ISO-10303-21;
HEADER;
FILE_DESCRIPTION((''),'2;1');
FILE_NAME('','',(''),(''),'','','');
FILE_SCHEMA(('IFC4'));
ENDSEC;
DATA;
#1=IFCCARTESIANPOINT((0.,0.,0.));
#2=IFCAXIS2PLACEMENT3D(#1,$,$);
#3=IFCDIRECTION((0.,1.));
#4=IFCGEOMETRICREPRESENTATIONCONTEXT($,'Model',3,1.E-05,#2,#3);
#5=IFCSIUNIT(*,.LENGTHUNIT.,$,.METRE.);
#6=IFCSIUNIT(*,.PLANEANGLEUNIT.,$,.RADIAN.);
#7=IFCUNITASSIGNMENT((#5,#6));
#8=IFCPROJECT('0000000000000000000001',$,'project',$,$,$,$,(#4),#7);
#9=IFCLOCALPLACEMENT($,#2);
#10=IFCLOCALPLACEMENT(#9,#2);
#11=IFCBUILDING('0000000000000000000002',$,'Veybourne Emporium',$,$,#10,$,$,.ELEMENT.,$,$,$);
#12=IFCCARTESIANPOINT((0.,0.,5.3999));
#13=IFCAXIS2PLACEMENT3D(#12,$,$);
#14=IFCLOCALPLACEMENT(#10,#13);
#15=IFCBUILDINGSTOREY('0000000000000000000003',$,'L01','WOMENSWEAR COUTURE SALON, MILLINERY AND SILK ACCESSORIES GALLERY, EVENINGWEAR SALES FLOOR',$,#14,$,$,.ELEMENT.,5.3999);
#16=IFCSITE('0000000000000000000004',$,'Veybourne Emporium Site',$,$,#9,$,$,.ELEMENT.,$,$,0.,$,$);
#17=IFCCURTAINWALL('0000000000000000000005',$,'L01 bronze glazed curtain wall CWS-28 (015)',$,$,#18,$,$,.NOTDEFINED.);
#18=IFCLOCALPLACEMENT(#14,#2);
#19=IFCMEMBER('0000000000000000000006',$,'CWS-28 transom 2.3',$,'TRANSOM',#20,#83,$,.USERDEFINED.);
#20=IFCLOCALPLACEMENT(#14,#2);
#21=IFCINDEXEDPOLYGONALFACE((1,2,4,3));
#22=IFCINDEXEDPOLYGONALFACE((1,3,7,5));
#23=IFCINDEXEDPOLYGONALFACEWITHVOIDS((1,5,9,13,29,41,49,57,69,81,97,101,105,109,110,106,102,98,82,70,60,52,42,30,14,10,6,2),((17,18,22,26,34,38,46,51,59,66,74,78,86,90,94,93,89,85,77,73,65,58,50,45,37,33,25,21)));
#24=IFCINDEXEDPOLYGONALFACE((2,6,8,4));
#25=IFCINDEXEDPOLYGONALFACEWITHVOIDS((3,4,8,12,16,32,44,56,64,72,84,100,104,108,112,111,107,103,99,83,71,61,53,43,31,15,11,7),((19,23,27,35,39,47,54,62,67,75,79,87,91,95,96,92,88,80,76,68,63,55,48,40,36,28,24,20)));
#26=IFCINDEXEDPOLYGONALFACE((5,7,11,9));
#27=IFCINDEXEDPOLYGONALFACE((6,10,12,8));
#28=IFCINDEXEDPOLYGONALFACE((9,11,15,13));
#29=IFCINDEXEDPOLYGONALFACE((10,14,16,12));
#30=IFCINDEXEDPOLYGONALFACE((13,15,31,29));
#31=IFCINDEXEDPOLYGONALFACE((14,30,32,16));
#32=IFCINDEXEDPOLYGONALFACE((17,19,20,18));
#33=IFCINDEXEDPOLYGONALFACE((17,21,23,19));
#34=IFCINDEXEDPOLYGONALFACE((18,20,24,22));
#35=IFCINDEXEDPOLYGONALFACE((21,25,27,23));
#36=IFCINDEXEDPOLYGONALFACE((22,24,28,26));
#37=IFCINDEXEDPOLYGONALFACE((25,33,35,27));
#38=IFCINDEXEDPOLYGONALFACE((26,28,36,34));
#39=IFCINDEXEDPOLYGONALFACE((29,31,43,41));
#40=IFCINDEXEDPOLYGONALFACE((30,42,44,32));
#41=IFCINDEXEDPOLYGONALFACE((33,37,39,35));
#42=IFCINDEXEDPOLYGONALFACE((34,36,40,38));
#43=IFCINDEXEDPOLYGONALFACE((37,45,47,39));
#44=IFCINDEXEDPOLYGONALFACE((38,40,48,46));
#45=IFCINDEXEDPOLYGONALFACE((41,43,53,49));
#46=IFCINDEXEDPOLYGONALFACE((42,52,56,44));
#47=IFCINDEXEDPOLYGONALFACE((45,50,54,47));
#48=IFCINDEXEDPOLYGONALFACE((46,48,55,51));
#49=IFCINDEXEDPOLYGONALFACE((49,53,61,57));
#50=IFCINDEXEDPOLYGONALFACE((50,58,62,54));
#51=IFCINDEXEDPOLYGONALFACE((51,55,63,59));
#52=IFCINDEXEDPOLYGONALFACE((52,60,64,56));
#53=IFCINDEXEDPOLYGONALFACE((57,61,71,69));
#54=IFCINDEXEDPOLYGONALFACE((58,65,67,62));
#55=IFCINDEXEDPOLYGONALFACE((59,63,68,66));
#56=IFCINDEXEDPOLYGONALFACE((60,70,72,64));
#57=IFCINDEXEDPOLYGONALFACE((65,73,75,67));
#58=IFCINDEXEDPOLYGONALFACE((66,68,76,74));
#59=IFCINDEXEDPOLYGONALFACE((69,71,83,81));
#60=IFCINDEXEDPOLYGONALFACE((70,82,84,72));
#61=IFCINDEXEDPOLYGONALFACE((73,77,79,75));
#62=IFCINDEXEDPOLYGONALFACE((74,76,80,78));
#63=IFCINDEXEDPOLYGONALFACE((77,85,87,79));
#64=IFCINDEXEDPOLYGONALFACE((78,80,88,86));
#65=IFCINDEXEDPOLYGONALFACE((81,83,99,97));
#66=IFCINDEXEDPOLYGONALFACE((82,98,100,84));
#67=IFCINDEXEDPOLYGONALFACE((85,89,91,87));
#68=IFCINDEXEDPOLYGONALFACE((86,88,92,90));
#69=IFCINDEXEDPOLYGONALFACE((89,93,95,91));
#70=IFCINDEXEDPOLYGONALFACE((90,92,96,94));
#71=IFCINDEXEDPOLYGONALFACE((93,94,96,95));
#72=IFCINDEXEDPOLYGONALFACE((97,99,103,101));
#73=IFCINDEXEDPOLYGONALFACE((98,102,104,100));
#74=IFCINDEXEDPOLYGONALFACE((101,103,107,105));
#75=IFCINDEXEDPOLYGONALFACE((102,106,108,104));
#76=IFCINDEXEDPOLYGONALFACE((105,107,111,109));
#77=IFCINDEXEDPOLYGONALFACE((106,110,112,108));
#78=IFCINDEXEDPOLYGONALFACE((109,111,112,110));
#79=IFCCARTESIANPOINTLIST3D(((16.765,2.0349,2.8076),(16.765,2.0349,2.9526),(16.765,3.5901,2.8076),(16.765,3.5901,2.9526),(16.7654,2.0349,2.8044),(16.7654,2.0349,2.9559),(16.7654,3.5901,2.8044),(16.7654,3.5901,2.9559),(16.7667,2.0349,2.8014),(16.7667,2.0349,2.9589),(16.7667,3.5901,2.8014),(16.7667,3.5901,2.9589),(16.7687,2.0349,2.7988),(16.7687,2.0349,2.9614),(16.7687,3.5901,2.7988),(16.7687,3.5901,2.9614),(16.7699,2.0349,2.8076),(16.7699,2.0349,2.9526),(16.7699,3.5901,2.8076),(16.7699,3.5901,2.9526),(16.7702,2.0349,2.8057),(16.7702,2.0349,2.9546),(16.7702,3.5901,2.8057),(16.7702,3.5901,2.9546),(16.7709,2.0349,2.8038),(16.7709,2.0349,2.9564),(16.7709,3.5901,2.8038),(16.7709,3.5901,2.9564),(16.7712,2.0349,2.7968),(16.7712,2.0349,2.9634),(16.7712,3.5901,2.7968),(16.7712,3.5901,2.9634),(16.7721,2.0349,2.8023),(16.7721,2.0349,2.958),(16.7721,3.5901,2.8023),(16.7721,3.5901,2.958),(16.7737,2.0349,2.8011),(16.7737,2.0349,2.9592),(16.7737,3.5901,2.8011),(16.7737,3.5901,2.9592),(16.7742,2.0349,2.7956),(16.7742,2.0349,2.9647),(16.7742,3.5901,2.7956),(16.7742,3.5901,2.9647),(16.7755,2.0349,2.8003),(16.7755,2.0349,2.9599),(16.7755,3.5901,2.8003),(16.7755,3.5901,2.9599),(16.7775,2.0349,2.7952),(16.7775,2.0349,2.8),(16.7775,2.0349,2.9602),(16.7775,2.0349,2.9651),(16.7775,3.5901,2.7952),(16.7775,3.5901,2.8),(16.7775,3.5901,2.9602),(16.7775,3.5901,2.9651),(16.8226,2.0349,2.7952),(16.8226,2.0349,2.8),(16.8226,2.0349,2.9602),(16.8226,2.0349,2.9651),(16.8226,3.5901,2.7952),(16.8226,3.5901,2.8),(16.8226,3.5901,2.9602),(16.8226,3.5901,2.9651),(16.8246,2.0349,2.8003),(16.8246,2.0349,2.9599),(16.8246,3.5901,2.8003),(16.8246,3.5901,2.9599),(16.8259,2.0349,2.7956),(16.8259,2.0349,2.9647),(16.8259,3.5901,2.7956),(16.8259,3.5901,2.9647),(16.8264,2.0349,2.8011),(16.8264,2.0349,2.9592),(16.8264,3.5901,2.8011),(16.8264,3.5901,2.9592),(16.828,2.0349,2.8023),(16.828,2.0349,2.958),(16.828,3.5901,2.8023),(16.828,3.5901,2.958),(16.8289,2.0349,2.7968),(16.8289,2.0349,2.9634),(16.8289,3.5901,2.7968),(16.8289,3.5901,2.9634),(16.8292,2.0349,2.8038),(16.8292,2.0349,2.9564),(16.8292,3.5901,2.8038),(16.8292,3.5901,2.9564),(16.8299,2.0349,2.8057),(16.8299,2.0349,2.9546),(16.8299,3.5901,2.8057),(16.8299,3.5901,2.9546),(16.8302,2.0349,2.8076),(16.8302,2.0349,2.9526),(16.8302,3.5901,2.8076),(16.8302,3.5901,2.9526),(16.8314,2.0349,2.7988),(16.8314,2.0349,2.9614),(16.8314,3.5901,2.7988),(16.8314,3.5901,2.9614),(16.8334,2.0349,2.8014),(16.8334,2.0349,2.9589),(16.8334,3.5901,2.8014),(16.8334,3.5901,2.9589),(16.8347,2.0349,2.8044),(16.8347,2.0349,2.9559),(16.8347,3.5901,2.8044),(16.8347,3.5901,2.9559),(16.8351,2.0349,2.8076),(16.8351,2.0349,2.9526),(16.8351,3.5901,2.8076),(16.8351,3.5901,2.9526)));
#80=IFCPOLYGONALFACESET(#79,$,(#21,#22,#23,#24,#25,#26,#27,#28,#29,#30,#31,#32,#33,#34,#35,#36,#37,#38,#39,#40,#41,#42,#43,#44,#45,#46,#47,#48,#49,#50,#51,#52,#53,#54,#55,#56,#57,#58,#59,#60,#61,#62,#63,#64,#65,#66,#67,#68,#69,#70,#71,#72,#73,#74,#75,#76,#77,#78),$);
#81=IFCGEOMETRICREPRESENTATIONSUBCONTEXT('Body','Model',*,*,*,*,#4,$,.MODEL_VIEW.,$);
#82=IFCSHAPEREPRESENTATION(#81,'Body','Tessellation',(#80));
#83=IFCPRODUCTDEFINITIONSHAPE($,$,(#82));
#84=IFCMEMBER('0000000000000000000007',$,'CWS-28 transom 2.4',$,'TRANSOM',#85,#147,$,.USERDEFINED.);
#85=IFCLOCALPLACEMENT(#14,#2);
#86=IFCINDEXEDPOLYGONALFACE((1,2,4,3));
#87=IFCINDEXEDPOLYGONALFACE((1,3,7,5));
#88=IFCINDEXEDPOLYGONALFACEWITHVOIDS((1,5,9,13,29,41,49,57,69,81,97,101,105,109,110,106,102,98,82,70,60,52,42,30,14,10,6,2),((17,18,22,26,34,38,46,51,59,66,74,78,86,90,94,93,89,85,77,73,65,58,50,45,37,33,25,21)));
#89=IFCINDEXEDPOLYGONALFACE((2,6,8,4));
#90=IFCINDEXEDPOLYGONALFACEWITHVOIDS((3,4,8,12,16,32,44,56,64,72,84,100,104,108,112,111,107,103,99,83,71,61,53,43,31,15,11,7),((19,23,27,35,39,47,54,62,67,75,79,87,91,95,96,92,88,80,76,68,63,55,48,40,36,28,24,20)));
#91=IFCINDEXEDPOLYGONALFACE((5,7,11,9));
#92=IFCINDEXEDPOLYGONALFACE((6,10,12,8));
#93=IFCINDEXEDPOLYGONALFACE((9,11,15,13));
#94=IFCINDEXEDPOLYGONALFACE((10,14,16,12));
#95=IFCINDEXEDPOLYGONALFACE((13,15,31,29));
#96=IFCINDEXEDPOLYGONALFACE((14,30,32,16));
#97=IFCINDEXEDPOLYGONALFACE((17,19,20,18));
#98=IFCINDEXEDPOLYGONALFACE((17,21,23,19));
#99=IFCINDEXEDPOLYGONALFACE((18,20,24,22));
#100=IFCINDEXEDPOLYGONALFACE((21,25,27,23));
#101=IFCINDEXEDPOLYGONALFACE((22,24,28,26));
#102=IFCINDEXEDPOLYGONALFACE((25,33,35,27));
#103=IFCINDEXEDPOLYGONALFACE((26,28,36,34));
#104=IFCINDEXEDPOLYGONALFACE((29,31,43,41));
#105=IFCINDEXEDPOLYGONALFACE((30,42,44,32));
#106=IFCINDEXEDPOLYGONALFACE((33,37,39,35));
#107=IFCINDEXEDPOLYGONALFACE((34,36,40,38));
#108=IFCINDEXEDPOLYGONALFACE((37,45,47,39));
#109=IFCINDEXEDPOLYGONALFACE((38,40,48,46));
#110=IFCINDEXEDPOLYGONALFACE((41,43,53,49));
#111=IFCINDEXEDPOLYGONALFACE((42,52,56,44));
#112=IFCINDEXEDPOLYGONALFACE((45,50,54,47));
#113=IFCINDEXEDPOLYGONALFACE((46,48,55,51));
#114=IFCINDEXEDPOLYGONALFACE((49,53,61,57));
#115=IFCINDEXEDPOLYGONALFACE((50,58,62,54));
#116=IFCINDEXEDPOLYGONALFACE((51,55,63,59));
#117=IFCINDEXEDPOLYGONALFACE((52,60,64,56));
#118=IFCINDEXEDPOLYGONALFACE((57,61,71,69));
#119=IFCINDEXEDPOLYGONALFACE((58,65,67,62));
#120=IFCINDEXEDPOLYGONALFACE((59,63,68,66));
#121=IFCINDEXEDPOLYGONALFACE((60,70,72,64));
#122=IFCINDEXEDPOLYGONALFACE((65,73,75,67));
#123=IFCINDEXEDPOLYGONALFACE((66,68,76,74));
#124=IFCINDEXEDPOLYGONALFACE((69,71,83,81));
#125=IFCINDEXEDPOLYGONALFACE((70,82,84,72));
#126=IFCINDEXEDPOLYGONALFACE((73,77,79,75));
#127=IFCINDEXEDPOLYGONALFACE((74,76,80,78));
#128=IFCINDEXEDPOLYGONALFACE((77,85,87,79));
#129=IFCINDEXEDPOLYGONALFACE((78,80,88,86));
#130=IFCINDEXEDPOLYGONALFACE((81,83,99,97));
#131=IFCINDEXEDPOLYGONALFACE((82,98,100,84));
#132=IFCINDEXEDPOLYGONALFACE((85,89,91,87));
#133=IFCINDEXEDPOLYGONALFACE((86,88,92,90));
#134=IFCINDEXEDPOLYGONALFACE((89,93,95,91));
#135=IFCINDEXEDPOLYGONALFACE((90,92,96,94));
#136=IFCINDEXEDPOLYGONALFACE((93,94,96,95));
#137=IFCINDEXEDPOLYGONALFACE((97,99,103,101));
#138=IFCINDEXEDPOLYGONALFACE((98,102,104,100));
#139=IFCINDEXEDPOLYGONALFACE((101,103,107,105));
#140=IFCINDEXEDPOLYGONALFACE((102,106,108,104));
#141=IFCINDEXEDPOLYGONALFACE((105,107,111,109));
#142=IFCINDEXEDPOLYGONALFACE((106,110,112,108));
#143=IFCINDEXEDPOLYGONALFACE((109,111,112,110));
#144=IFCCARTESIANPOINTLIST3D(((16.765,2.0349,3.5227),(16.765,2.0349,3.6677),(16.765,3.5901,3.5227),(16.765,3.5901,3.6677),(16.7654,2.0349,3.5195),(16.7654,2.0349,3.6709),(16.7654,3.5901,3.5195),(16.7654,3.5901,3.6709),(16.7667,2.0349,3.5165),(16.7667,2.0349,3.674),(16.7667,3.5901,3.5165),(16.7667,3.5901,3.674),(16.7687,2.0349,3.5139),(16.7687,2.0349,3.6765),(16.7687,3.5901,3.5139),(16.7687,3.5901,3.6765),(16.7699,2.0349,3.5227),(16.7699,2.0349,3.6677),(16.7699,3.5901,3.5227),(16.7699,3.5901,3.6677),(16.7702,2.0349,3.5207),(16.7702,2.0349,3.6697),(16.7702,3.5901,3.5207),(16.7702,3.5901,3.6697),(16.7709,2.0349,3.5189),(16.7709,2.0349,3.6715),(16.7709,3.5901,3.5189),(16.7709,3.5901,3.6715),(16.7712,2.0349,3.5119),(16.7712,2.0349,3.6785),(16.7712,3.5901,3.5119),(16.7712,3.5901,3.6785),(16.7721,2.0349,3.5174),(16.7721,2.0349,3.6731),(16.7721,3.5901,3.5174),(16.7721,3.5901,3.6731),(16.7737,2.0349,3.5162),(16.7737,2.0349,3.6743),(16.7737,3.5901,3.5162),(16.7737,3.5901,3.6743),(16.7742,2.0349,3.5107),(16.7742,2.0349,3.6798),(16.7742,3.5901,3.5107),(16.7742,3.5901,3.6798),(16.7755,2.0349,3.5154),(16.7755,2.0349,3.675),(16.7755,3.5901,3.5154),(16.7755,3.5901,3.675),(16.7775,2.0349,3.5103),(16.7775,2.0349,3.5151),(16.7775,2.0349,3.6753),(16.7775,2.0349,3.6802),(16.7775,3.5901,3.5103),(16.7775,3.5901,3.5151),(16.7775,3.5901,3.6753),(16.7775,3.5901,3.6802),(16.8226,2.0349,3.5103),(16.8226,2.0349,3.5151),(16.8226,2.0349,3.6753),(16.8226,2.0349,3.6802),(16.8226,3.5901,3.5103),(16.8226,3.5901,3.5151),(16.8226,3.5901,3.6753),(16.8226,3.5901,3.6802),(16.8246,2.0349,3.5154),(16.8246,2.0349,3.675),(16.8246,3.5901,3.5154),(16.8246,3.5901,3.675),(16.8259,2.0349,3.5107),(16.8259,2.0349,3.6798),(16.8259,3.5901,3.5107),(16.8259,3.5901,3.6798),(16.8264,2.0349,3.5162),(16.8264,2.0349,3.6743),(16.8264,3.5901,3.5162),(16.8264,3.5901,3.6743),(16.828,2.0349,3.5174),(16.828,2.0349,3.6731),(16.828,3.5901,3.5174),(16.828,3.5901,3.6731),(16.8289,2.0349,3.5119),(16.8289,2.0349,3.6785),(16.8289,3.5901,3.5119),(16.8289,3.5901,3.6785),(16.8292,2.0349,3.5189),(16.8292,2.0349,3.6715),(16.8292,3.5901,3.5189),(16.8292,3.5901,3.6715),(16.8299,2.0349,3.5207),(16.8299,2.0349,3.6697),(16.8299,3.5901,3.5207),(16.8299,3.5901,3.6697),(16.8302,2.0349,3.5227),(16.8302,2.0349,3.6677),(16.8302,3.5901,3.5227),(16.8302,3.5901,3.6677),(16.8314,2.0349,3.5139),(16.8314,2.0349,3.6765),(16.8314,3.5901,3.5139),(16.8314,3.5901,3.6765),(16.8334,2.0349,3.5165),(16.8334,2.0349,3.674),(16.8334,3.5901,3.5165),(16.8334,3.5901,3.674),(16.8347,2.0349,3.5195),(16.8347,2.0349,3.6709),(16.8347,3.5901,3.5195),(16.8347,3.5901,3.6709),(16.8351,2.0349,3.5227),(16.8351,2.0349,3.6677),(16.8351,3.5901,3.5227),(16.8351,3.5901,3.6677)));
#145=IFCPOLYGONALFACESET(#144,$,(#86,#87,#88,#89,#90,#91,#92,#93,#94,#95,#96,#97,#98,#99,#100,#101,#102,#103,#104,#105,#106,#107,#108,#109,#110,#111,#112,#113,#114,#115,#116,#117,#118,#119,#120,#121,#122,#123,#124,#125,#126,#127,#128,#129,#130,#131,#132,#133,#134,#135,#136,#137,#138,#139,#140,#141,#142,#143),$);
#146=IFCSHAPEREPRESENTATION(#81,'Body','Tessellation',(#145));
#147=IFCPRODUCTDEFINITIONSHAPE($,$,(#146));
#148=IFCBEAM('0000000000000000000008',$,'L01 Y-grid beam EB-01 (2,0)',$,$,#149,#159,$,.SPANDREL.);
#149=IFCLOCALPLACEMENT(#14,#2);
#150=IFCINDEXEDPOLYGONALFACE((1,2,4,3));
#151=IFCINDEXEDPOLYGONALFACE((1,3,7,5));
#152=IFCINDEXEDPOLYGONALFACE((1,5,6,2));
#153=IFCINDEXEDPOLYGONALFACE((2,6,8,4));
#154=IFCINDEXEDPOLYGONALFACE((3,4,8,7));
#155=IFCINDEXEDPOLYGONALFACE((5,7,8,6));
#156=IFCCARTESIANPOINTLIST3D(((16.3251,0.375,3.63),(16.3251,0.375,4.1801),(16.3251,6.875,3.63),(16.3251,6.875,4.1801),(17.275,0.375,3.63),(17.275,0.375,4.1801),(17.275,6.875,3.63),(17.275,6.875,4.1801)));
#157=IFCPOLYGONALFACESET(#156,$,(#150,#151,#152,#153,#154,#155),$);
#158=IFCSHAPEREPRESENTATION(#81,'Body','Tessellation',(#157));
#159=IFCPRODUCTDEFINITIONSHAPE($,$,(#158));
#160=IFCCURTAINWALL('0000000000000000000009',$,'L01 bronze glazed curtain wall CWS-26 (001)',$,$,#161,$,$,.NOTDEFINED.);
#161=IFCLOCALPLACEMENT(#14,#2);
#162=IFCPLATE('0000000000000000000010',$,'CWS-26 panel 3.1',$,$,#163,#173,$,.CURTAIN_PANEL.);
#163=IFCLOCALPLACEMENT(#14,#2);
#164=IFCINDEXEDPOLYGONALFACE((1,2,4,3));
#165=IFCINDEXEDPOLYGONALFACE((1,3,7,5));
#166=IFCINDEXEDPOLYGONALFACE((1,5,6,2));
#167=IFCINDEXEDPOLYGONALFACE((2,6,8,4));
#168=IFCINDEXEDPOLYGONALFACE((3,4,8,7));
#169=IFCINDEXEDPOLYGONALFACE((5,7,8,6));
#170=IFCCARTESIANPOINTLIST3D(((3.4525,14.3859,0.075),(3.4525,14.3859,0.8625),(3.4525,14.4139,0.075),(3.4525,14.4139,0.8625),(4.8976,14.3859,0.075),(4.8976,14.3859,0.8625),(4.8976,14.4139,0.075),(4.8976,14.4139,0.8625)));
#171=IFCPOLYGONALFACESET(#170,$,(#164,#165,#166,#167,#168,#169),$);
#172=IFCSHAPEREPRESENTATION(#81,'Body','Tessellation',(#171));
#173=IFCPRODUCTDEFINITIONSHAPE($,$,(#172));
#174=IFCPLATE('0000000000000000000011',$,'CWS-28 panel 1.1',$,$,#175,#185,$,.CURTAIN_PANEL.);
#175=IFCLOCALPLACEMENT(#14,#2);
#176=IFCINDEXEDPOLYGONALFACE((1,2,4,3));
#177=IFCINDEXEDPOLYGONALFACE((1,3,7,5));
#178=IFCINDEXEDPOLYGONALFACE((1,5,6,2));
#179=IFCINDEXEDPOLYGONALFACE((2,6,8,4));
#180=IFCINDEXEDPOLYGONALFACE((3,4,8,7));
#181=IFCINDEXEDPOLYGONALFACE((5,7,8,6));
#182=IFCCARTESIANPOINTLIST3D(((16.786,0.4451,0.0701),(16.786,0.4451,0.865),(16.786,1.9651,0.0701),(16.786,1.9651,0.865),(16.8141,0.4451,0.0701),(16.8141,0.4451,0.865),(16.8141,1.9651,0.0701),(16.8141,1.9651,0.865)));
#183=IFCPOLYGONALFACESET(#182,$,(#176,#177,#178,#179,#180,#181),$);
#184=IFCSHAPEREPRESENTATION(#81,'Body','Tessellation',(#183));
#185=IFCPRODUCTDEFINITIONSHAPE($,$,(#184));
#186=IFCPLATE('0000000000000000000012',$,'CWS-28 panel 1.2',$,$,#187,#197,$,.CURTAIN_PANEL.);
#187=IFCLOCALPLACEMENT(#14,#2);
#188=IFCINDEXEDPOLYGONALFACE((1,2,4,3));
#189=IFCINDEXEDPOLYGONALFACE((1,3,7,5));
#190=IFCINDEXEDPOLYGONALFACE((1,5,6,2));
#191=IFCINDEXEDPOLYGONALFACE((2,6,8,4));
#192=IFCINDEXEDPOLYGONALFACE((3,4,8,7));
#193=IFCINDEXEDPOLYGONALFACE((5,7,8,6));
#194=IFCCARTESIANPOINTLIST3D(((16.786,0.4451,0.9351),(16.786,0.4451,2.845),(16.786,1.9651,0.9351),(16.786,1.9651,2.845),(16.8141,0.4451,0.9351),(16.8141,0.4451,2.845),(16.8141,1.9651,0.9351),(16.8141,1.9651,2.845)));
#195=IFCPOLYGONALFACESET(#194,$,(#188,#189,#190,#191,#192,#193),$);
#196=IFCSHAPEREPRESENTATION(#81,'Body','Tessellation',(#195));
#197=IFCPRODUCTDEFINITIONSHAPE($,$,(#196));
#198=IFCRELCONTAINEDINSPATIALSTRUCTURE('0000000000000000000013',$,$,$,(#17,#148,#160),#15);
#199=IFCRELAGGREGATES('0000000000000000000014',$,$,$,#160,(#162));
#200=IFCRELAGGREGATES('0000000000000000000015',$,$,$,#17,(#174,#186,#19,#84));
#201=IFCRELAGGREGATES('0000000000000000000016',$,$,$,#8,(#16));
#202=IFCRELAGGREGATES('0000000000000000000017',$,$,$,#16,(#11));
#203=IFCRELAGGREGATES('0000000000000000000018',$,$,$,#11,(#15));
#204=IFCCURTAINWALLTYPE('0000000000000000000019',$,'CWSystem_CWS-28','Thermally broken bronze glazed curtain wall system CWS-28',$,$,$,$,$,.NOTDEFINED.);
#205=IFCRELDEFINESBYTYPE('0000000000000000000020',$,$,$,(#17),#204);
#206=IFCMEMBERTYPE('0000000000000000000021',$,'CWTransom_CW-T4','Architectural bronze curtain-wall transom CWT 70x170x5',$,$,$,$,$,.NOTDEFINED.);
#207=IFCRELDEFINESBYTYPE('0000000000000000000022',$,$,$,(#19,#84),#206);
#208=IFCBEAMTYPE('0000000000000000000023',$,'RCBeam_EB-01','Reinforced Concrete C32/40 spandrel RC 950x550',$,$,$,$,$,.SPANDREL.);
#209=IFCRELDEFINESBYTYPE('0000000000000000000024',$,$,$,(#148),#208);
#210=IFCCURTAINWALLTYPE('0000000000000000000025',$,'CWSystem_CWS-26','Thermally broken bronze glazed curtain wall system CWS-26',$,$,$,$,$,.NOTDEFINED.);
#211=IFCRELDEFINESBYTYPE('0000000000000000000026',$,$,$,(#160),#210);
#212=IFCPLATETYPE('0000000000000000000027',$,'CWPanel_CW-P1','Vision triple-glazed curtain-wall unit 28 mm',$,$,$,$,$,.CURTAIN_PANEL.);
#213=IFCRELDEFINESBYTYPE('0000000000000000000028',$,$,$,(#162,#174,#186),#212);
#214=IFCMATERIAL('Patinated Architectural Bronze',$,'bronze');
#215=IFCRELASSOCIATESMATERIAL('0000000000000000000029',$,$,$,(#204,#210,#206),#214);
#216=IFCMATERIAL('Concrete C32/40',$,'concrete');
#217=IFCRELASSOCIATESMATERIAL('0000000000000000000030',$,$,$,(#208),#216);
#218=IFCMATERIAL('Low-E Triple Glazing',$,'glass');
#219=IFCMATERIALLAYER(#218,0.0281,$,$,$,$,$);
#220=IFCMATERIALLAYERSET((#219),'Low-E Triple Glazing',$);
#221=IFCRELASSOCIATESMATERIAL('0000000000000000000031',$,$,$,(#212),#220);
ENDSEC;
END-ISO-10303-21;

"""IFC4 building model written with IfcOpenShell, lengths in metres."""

from ifc_helpers import new_model, si_unit, direction, frame, origin, origin_2d, place, context, subcontext, project, spatial, rectangle, hollow_rectangle, extrude, material, layer, layer_set, material_profile, profile_set, type_object, element, aggregate, save


model = new_model("IFC4")

# Units and contexts
model_context = context("Model", 3, precision=1e-05, world=origin(), true_north=direction((0.0, 1.0)))
body_context = subcontext(model_context, "Body", "Model", "MODEL_VIEW")
ifc_project = project(units=[si_unit("LENGTHUNIT", "METRE"), si_unit("PLANEANGLEUNIT", "RADIAN")], contexts=[model_context])

# Site, building, storey
site_placement = place(None, origin())
site = spatial("IfcSite", under=ifc_project, at=site_placement, Name="Veybourne Emporium Site", CompositionType="ELEMENT", RefElevation=0.0)
building_placement = place(site_placement, origin())
building = spatial("IfcBuilding", under=site, at=building_placement, Name="Veybourne Emporium", CompositionType="ELEMENT")
storey_placement = place(building_placement, frame((0.0, 0.0, 5.3999)))
storey = spatial("IfcBuildingStorey", under=building, at=storey_placement, Name="L01", Description="WOMENSWEAR COUTURE SALON, MILLINERY AND SILK ACCESSORIES GALLERY, EVENINGWEAR SALES FLOOR", CompositionType="ELEMENT", Elevation=5.3999)

# Curtain wall, members
ifc_material_1 = material(Name="Patinated Architectural Bronze", Category="bronze")
curtain_wall_type_1 = type_object("IfcCurtainWallType", Name="CWSystem_CWS-28", Description="Thermally broken bronze glazed curtain wall system CWS-28", PredefinedType="NOTDEFINED", material=ifc_material_1)
curtain_wall_1_placement = place(storey_placement, origin())
curtain_wall_1 = element("IfcCurtainWall", 1, at=curtain_wall_1_placement, inside=storey, type_object=curtain_wall_type_1, Name="L01 bronze glazed curtain wall CWS-28 (015)", PredefinedType="NOTDEFINED")
ifc_material_profile_1 = material_profile(ifc_material_1, hollow_rectangle(XDim=0.0701, YDim=0.1699, WallThickness=0.0049, InnerFilletRadius=0.0076, OuterFilletRadius=0.0125, at=origin_2d()), Name="CWT 70x170x5")
ifc_profile_set_1 = profile_set([ifc_material_profile_1], Name="Patinated Architectural Bronze")
member_type_1 = type_object("IfcMemberType", Name="CWTransom_CW-T4", Description="Architectural bronze curtain-wall transom CWT 70x170x5", PredefinedType="NOTDEFINED", material=ifc_profile_set_1)
member_1_placement = place(storey_placement, frame((16.8, 2.0349, 2.8801), z_axis=(0.0, 1.0, 0.0), x_axis=(-1.0, 0.0, 0.0)))
member_1 = element("IfcMember", 2, at=member_1_placement, type_object=member_type_1, Name="CWS-28 transom 2.3", ObjectType="TRANSOM", PredefinedType="USERDEFINED", context=body_context, shape_type="SweptSolid", body=[
    extrude(hollow_rectangle(XDim=0.0701, YDim=0.1699, WallThickness=0.0049, InnerFilletRadius=0.0076, OuterFilletRadius=0.0125, at=origin_2d()), origin(), (0.0, 0.0, 1.0), 1.5552),
])
member_2_placement = place(storey_placement, frame((16.8, 2.0349, 3.5952), z_axis=(0.0, 1.0, 0.0), x_axis=(-1.0, 0.0, 0.0)))
member_2 = element("IfcMember", 3, at=member_2_placement, type_object=member_type_1, Name="CWS-28 transom 2.4", ObjectType="TRANSOM", PredefinedType="USERDEFINED", context=body_context, shape_type="SweptSolid", body=[
    extrude(hollow_rectangle(XDim=0.0701, YDim=0.1699, WallThickness=0.0049, InnerFilletRadius=0.0076, OuterFilletRadius=0.0125, at=origin_2d()), origin(), (0.0, 0.0, 1.0), 1.5552),
])

# Beam
ifc_material_2 = material(Name="Concrete C32/40", Category="concrete")
ifc_material_profile_2 = material_profile(ifc_material_2, rectangle(XDim=0.95, YDim=0.55, at=origin_2d()), Name="RC 950x550")
ifc_profile_set_2 = profile_set([ifc_material_profile_2], Name="Concrete C32/40")
beam_type = type_object("IfcBeamType", Name="RCBeam_EB-01", Description="Reinforced Concrete C32/40 spandrel RC 950x550", PredefinedType="SPANDREL", material=ifc_profile_set_2)
beam_placement = place(storey_placement, frame((16.8, 0.375, 3.905), z_axis=(0.0, 1.0, 0.0), x_axis=(-1.0, 0.0, 0.0)))
element("IfcBeam", 4, at=beam_placement, inside=storey, type_object=beam_type, Name="L01 Y-grid beam EB-01 (2,0)", PredefinedType="SPANDREL", context=body_context, shape_type="SweptSolid", body=[
    extrude(rectangle(XDim=0.95, YDim=0.55, at=origin_2d()), origin(), (0.0, 0.0, 1.0), 6.5),
])

# Curtain wall, plate
curtain_wall_type_2 = type_object("IfcCurtainWallType", Name="CWSystem_CWS-26", Description="Thermally broken bronze glazed curtain wall system CWS-26", PredefinedType="NOTDEFINED", material=ifc_material_1)
curtain_wall_2_placement = place(storey_placement, origin())
curtain_wall_2 = element("IfcCurtainWall", 5, at=curtain_wall_2_placement, inside=storey, type_object=curtain_wall_type_2, Name="L01 bronze glazed curtain wall CWS-26 (001)", PredefinedType="NOTDEFINED")
ifc_material_3 = material(Name="Low-E Triple Glazing", Category="glass")
ifc_layer_1 = layer(ifc_material_3, 0.0281)
ifc_layer_set_1 = layer_set([ifc_layer_1], Name="Low-E Triple Glazing")
plate_type = type_object("IfcPlateType", Name="CWPanel_CW-P1", Description="Vision triple-glazed curtain-wall unit 28 mm", PredefinedType="CURTAIN_PANEL", material=ifc_layer_set_1)
plate_1_placement = place(storey_placement, frame((4.175, 14.3999, 0.075), z_axis=(0.0, 0.0, 1.0), x_axis=(-1.0, 0.0, 0.0)))
plate_1 = element("IfcPlate", 6, at=plate_1_placement, type_object=plate_type, Name="CWS-26 panel 3.1", PredefinedType="CURTAIN_PANEL", context=body_context, shape_type="SweptSolid", body=[
    extrude(rectangle(XDim=1.4451, YDim=0.0281, at=origin_2d()), origin(), (0.0, 0.0, 1.0), 0.7876),
])
aggregate(curtain_wall_2, [plate_1])

# Plates
plate_2_placement = place(storey_placement, frame((16.8, 1.2051, 0.0701), z_axis=(0.0, 0.0, 1.0), x_axis=(0.0, 1.0, 0.0)))
plate_2 = element("IfcPlate", 7, at=plate_2_placement, type_object=plate_type, Name="CWS-28 panel 1.1", PredefinedType="CURTAIN_PANEL", context=body_context, shape_type="SweptSolid", body=[
    extrude(rectangle(XDim=1.52, YDim=0.0281, at=origin_2d()), origin(), (0.0, 0.0, 1.0), 0.7949),
])
plate_3_placement = place(storey_placement, frame((16.8, 1.2051, 0.9351), z_axis=(0.0, 0.0, 1.0), x_axis=(0.0, 1.0, 0.0)))
plate_3 = element("IfcPlate", 8, at=plate_3_placement, type_object=plate_type, Name="CWS-28 panel 1.2", PredefinedType="CURTAIN_PANEL", context=body_context, shape_type="SweptSolid", body=[
    extrude(rectangle(XDim=1.52, YDim=0.0281, at=origin_2d()), origin(), (0.0, 0.0, 1.0), 1.9099),
])
aggregate(curtain_wall_1, [plate_2, plate_3, member_1, member_2])

save(model, "model.ifc")
